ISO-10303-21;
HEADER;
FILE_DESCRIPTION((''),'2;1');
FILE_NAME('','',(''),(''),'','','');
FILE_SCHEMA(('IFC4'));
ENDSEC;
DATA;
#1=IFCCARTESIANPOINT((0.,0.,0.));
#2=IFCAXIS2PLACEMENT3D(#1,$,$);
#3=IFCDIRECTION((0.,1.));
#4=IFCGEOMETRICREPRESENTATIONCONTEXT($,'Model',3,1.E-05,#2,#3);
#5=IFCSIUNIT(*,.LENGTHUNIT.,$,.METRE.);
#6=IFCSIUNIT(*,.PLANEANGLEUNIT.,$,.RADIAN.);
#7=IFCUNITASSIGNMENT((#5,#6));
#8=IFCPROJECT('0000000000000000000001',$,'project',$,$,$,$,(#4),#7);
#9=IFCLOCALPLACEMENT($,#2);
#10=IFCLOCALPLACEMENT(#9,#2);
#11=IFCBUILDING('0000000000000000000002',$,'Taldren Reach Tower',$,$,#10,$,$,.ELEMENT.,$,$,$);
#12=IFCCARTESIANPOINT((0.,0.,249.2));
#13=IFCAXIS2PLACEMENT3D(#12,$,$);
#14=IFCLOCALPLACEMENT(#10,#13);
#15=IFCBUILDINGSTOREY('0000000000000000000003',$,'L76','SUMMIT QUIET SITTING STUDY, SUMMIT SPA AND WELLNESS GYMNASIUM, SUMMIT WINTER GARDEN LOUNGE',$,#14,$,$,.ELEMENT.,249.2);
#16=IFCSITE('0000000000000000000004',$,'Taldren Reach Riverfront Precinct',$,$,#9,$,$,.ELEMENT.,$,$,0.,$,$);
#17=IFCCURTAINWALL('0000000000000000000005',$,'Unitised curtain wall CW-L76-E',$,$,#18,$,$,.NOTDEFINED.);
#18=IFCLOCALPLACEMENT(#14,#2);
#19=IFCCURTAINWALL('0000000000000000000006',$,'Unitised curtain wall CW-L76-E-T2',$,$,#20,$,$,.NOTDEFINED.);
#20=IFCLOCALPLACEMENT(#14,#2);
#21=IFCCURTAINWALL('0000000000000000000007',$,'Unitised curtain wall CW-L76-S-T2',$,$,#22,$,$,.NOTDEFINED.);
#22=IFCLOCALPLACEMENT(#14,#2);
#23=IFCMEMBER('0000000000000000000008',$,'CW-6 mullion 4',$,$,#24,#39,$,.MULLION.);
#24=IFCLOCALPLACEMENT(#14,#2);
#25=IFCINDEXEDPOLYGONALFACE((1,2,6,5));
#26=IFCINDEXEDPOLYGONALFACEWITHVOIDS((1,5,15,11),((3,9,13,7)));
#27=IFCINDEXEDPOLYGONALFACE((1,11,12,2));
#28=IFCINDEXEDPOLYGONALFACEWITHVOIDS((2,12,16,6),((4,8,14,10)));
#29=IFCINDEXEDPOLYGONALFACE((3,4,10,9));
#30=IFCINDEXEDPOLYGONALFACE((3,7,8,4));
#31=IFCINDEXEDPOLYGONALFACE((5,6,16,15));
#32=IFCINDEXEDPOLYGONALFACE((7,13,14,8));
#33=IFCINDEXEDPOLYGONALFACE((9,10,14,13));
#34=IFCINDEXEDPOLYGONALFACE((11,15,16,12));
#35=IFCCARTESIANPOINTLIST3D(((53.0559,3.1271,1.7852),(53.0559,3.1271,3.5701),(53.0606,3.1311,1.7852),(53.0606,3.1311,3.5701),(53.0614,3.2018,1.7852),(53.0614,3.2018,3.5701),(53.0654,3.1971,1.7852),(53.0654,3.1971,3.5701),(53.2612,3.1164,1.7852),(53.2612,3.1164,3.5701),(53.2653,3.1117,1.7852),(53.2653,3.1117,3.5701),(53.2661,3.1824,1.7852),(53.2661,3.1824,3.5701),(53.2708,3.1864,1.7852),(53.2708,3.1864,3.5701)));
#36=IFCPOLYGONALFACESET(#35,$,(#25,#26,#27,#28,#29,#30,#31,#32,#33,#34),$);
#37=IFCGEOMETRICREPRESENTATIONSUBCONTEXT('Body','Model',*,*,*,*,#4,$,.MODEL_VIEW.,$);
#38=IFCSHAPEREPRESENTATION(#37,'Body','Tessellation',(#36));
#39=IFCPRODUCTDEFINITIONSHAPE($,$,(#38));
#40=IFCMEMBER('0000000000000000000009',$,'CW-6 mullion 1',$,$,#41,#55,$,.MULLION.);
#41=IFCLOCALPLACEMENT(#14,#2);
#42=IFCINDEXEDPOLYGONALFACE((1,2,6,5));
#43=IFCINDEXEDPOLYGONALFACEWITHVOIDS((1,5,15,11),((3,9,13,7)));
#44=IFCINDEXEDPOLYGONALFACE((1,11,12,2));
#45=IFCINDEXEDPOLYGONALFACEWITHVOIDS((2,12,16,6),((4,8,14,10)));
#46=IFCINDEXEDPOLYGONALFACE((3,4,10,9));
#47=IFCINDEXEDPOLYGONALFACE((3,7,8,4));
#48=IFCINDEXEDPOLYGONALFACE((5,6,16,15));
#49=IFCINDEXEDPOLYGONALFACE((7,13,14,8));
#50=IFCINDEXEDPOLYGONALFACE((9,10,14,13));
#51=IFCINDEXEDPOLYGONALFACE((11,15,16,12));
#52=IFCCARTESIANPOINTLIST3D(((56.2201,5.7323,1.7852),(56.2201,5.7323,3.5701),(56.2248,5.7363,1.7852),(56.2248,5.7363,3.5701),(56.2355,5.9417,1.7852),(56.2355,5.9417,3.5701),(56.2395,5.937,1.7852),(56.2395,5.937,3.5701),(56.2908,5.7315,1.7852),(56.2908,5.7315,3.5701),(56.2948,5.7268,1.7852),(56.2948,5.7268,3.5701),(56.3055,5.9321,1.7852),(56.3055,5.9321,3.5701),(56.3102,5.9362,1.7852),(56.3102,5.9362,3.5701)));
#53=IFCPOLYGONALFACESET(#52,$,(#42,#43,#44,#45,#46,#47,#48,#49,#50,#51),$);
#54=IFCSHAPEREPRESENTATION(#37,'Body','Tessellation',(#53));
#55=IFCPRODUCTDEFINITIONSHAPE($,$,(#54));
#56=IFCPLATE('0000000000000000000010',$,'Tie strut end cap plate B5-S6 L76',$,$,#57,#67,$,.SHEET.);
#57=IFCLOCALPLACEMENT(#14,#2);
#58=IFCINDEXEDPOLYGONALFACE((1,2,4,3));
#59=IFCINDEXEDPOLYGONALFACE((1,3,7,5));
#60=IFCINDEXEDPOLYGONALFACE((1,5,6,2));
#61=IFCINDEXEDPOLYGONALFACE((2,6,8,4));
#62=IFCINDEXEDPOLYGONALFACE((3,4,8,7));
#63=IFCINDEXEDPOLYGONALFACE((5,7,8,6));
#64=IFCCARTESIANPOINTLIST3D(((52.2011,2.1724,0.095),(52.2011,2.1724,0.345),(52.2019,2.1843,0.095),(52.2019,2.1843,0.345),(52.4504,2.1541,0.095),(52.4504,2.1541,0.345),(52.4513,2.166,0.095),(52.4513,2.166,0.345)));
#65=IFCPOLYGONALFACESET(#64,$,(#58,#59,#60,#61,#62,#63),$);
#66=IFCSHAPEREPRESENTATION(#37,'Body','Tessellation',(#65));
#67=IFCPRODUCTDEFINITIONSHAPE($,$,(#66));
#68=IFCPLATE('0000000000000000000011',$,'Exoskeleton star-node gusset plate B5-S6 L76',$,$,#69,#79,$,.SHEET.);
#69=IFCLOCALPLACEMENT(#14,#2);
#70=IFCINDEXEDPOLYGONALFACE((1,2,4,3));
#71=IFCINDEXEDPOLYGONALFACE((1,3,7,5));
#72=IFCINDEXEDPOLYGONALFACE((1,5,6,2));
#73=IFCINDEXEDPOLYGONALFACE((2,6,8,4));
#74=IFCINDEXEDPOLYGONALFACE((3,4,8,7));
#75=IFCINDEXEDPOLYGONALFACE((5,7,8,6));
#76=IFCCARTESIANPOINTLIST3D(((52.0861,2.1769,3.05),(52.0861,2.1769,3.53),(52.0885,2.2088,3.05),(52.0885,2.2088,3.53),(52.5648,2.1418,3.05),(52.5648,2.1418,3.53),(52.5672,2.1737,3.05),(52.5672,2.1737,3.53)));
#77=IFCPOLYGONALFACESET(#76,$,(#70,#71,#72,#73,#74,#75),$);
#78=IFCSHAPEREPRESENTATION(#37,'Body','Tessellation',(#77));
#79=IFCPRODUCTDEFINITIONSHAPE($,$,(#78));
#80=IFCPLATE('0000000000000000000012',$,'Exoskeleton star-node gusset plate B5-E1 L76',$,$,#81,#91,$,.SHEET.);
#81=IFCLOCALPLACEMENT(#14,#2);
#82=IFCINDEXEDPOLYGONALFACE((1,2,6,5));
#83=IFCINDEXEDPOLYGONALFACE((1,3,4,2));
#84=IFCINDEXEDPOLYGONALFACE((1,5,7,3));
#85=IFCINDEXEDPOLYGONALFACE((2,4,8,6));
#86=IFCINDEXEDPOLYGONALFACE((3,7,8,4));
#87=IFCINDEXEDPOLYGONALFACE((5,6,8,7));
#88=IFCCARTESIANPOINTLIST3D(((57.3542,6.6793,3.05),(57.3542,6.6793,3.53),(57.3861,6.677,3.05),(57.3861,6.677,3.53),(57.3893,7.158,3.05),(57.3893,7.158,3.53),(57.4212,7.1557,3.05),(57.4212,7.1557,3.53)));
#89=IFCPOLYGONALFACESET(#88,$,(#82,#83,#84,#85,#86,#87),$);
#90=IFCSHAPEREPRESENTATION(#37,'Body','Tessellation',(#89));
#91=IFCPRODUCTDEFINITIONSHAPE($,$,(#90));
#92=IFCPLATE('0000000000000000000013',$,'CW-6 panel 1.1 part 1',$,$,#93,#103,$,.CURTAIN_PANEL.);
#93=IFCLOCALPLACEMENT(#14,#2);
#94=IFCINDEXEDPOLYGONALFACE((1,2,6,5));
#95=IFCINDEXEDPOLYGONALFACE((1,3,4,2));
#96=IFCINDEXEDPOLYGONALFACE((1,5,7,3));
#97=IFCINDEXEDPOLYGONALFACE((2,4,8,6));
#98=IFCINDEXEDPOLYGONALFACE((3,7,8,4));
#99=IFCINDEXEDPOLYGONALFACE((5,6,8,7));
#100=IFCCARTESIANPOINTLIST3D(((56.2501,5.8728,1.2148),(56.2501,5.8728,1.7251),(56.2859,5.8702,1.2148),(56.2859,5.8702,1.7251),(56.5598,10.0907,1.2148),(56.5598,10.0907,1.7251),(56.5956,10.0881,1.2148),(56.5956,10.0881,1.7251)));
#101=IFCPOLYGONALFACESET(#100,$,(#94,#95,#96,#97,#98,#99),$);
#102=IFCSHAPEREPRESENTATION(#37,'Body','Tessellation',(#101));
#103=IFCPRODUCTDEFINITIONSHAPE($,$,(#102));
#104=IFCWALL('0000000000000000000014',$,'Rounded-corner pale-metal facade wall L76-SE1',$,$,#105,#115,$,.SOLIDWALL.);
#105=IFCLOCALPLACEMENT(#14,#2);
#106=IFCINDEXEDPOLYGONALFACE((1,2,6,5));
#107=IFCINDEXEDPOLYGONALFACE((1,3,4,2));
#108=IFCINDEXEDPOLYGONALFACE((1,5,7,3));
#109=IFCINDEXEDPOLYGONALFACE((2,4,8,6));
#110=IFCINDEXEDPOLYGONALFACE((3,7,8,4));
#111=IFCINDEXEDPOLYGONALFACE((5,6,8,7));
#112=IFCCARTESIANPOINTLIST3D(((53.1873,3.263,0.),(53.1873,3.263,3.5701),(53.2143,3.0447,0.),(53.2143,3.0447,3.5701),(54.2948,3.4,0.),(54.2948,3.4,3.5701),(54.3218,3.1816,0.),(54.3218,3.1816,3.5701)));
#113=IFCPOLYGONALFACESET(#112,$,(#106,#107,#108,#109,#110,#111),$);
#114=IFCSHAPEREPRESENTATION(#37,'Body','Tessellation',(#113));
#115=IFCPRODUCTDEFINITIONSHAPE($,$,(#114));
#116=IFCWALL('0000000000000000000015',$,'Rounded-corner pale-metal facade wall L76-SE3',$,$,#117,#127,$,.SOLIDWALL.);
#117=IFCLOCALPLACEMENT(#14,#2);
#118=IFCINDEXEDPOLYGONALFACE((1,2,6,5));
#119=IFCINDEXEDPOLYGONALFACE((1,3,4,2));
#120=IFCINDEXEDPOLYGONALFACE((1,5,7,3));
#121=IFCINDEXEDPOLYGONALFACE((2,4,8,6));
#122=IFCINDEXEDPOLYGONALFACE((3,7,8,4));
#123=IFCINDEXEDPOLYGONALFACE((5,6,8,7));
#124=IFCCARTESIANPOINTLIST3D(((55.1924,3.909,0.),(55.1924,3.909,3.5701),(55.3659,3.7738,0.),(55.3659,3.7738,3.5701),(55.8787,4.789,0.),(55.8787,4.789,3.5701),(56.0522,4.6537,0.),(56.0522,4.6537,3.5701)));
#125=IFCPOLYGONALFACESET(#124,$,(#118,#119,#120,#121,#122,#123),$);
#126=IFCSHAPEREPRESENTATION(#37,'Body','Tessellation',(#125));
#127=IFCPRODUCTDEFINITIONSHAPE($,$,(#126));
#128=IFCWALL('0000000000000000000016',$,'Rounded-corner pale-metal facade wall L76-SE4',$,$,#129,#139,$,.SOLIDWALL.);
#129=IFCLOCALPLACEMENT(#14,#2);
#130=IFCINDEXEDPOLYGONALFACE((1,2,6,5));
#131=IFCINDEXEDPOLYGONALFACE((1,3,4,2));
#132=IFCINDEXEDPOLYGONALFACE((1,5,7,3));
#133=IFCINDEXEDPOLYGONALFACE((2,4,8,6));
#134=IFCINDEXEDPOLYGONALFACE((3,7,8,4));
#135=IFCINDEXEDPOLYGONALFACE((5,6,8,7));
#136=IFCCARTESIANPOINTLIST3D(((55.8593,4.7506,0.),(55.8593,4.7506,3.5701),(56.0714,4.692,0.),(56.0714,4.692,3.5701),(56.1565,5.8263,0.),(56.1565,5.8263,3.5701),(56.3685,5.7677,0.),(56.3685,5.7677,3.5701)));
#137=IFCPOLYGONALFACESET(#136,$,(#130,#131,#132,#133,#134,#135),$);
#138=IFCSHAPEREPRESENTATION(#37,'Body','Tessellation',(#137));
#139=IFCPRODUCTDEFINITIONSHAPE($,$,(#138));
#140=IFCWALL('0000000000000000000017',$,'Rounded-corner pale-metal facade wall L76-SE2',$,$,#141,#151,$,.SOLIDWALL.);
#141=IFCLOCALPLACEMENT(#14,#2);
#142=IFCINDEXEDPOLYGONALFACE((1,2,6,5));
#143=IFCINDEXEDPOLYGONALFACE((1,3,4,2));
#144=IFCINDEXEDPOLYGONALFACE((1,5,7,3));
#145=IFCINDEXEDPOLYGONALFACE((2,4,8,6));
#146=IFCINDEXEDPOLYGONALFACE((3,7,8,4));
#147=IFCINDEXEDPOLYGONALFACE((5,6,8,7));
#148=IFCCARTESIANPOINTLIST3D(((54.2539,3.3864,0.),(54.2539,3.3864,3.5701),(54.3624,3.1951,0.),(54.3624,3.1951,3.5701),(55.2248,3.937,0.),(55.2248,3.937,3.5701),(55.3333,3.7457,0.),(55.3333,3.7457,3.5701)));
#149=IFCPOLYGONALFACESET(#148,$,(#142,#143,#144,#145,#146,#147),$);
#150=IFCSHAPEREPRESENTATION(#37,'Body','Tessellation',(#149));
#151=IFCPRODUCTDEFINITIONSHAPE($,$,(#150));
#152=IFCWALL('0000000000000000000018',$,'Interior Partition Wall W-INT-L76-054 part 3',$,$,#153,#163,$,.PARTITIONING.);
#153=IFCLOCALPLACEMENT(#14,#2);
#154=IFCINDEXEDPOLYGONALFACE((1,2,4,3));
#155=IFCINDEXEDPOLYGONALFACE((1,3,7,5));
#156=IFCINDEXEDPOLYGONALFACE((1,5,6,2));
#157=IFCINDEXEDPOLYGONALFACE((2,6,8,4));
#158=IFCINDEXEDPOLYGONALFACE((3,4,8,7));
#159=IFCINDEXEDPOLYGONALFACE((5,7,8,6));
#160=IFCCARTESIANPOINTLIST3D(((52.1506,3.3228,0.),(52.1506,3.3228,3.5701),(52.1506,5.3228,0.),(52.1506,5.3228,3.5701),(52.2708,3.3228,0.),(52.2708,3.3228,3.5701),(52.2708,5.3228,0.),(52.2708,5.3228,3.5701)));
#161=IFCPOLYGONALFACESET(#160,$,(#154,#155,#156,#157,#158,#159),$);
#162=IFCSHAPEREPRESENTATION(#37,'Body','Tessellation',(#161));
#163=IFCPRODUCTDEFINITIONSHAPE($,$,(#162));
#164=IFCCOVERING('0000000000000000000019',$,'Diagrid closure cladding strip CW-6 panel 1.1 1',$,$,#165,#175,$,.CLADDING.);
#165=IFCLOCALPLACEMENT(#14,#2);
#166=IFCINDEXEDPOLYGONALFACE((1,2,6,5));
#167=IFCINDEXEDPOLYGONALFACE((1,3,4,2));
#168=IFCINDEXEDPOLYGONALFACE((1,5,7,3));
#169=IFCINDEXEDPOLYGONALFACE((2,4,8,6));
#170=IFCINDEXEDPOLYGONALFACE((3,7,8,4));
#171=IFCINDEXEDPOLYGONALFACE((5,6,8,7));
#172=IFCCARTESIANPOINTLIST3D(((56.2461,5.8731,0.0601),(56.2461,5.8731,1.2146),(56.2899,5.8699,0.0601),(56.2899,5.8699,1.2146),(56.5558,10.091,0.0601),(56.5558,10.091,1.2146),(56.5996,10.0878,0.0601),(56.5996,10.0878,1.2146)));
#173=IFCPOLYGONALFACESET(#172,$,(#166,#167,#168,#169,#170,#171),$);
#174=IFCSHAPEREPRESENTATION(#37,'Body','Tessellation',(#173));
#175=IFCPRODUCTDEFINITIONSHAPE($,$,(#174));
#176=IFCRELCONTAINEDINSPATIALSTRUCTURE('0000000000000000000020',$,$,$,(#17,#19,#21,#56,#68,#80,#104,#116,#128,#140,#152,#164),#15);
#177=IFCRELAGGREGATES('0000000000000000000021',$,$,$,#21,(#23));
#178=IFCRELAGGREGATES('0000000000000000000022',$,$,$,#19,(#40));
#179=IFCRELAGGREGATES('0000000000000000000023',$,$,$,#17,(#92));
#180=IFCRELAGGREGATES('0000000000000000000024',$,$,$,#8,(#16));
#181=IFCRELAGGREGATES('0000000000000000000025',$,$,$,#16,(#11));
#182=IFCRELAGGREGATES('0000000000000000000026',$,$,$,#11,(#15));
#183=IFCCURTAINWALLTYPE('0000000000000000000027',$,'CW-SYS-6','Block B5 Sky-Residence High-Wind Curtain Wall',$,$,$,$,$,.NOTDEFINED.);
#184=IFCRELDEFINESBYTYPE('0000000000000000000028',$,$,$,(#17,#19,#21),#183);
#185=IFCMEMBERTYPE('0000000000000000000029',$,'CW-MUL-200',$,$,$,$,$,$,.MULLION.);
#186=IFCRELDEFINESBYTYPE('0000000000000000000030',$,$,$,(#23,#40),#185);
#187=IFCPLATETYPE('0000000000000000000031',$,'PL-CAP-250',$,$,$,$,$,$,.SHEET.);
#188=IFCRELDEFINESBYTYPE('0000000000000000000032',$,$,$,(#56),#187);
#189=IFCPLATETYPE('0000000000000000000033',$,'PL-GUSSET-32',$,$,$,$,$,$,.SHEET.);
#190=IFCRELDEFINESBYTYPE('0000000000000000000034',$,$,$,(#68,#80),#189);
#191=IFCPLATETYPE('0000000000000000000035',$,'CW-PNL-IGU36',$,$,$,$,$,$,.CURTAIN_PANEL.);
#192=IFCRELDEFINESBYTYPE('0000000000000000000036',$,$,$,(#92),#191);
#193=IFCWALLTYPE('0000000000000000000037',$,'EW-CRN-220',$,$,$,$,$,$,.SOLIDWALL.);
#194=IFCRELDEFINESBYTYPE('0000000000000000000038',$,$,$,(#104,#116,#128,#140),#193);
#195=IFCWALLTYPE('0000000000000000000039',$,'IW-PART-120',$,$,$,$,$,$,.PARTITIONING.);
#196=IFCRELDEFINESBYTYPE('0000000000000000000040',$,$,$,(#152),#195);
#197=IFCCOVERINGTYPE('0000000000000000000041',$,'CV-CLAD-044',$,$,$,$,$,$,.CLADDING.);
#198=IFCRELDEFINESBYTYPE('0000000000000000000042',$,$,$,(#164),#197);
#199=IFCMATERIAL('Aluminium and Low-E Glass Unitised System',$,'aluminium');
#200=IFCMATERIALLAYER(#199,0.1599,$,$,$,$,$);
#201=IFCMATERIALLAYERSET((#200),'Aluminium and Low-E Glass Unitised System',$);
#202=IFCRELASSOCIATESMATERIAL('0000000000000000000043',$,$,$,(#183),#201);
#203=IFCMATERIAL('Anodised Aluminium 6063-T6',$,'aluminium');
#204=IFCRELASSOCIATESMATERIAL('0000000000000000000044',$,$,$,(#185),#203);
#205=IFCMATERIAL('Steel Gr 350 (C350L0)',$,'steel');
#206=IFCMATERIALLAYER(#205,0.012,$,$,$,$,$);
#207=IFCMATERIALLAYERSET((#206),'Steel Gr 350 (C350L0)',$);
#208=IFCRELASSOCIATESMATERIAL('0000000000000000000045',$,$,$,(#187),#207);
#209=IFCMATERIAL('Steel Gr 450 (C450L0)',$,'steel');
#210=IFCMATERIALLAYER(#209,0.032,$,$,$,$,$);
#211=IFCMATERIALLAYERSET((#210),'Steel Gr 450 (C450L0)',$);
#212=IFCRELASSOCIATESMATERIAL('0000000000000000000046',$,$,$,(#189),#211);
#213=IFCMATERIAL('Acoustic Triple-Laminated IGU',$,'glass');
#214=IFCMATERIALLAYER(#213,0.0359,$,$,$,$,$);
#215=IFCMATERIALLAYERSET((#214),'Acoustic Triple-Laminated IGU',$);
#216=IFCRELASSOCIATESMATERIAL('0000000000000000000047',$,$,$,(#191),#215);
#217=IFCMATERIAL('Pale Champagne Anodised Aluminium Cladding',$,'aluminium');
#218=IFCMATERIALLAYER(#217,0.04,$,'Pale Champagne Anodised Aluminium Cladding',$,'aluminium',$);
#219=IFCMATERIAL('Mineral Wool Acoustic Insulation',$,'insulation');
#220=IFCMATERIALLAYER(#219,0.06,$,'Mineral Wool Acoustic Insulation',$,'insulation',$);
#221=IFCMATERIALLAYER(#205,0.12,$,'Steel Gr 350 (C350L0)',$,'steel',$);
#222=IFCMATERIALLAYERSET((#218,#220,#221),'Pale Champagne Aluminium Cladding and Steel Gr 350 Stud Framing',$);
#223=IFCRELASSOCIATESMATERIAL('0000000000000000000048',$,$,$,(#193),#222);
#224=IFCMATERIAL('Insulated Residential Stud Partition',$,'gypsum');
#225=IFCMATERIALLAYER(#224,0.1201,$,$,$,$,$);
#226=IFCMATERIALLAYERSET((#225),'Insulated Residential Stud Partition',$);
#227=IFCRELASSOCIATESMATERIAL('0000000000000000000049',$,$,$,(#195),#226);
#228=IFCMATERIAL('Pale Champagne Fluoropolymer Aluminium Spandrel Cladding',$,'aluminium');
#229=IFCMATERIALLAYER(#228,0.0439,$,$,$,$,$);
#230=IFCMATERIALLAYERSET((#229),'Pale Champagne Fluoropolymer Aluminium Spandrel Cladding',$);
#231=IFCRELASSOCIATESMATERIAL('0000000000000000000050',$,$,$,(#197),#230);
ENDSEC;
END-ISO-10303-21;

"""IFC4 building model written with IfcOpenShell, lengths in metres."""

from ifc_helpers import new_model, si_unit, direction, frame, frame_2d, origin, origin_2d, place, context, subcontext, project, spatial, rectangle, hollow_rectangle, extrude, source, transform, mapped, material, layer, layer_set, material_profile, profile_set, type_object, element, aggregate, save


model = new_model("IFC4")

# Units and contexts
model_context = context("Model", 3, precision=1e-05, world=origin(), true_north=direction((0.0, 1.0)))
body_context = subcontext(model_context, "Body", "Model", "MODEL_VIEW")
ifc_project = project(units=[si_unit("LENGTHUNIT", "METRE"), si_unit("PLANEANGLEUNIT", "RADIAN")], contexts=[model_context])

# Site, building, storey
site_placement = place(None, origin())
site = spatial("IfcSite", under=ifc_project, at=site_placement, Name="Taldren Reach Riverfront Precinct", CompositionType="ELEMENT", RefElevation=0.0)
building_placement = place(site_placement, origin())
building = spatial("IfcBuilding", under=site, at=building_placement, Name="Taldren Reach Tower", CompositionType="ELEMENT")
storey_placement = place(building_placement, frame((0.0, 0.0, 249.2)))
storey = spatial("IfcBuildingStorey", under=building, at=storey_placement, Name="L76", Description="SUMMIT QUIET SITTING STUDY, SUMMIT SPA AND WELLNESS GYMNASIUM, SUMMIT WINTER GARDEN LOUNGE", CompositionType="ELEMENT", Elevation=249.2)

# Shared definitions
ifc_material_1 = material(Name="Steel Gr 350 (C350L0)", Category="steel")

# Shared definitions
ifc_material_2 = material(Name="Steel Gr 450 (C450L0)", Category="steel")

# Curtain walls
ifc_material_3 = material(Name="Aluminium and Low-E Glass Unitised System", Category="aluminium")
ifc_layer_1 = layer(ifc_material_3, 0.1599)
ifc_layer_set_1 = layer_set([ifc_layer_1], Name="Aluminium and Low-E Glass Unitised System")
curtain_wall_type = type_object("IfcCurtainWallType", Name="CW-SYS-6", Description="Block B5 Sky-Residence High-Wind Curtain Wall", PredefinedType="NOTDEFINED", material=ifc_layer_set_1)
curtain_wall_1_placement = place(storey_placement, origin())
curtain_wall_1 = element("IfcCurtainWall", 1, at=curtain_wall_1_placement, inside=storey, type_object=curtain_wall_type, Name="Unitised curtain wall CW-L76-E", PredefinedType="NOTDEFINED")
ifc_material_4 = material(Name="Anodised Aluminium 6063-T6", Category="aluminium")
curtain_wall_2_placement = place(storey_placement, origin())
curtain_wall_2 = element("IfcCurtainWall", 2, at=curtain_wall_2_placement, inside=storey, type_object=curtain_wall_type, Name="Unitised curtain wall CW-L76-E-T2", PredefinedType="NOTDEFINED")

# Shared definitions
ifc_material_profile_1 = material_profile(ifc_material_4, hollow_rectangle(XDim=0.075, YDim=0.21, WallThickness=0.0044, at=origin_2d()), Name="ALU-210x75x4.5RHS")
ifc_profile_set_1 = profile_set([ifc_material_profile_1], Name="Anodised Aluminium 6063-T6")
member_type_1 = type_object("IfcMemberType", Name="CW-MUL-200", PredefinedType="MULLION", material=ifc_profile_set_1)

# Curtain wall, member
curtain_wall_3_placement = place(storey_placement, origin())
curtain_wall_3 = element("IfcCurtainWall", 3, at=curtain_wall_3_placement, inside=storey, type_object=curtain_wall_type, Name="Unitised curtain wall CW-L76-S-T2", PredefinedType="NOTDEFINED")
shared_shape_1 = source(origin(), body_context, "Body", "SweptSolid", [
    extrude(hollow_rectangle(XDim=0.075, YDim=0.21, WallThickness=0.0044, at=origin_2d()), origin(), (0.0, 0.0, 1.0), 1.7849),
])
member_1_placement = place(storey_placement, frame((53.1633, 3.1567, 1.7852), z_axis=(0.0, 0.0, 1.0), x_axis=(0.073238, 0.997314, 0.0)))
member_1 = element("IfcMember", 4, at=member_1_placement, type_object=member_type_1, Name="CW-6 mullion 4", PredefinedType="MULLION", context=body_context, shape_type="MappedRepresentation", body=[
    mapped(shared_shape_1, transform((0.0, 0.0, 0.0), scale=1.0)),
])
aggregate(curtain_wall_3, [member_1])

# Member
member_2_placement = place(storey_placement, frame((56.2651, 5.8342, 1.7852), z_axis=(0.0, 0.0, 1.0), x_axis=(-0.997314, 0.073238, 0.0)))
member_2 = element("IfcMember", 5, at=member_2_placement, type_object=member_type_1, Name="CW-6 mullion 1", PredefinedType="MULLION", context=body_context, shape_type="MappedRepresentation", body=[
    mapped(shared_shape_1, transform((0.0, 0.0, 0.0), scale=1.0)),
])
aggregate(curtain_wall_2, [member_2])

# Plates
ifc_layer_2 = layer(ifc_material_1, 0.012)
ifc_layer_set_2 = layer_set([ifc_layer_2], Name="Steel Gr 350 (C350L0)")
plate_type_1 = type_object("IfcPlateType", Name="PL-CAP-250", PredefinedType="SHEET", material=ifc_layer_set_2)
shared_shape_2 = source(origin(), body_context, "Body", "SweptSolid", [
    extrude(rectangle(XDim=0.25, YDim=0.012, at=origin_2d()), origin(), (0.0, 0.0, 1.0), 0.25),
])
plate_1_placement = place(storey_placement, frame((52.3262, 2.1692, 0.095), z_axis=(0.0, 0.0, 1.0), x_axis=(0.997314, -0.073238, 0.0)))
element("IfcPlate", 6, at=plate_1_placement, inside=storey, type_object=plate_type_1, Name="Tie strut end cap plate B5-S6 L76", PredefinedType="SHEET", context=body_context, shape_type="MappedRepresentation", body=[
    mapped(shared_shape_2, transform((0.0, 0.0, 0.0), scale=1.0)),
])
ifc_layer_3 = layer(ifc_material_2, 0.032)
ifc_layer_set_3 = layer_set([ifc_layer_3], Name="Steel Gr 450 (C450L0)")
plate_type_2 = type_object("IfcPlateType", Name="PL-GUSSET-32", PredefinedType="SHEET", material=ifc_layer_set_3)
shared_shape_3 = source(origin(), body_context, "Body", "SweptSolid", [
    extrude(rectangle(XDim=0.48, YDim=0.032, at=origin_2d()), origin(), (0.0, 0.0, 1.0), 0.48),
])
for number, where, z_axis, x_axis, name in (
    (7, (52.3267, 2.1753, 3.05), (0.0, 0.0, 1.0), (0.997314, -0.073238, 0.0), "Exoskeleton star-node gusset plate B5-S6 L76"),
    (8, (57.3877, 6.9175, 3.05), (0.0, 0.0, 1.0), (0.073238, 0.997314, 0.0), "Exoskeleton star-node gusset plate B5-E1 L76"),
):
    element("IfcPlate", number, at=place(storey_placement, frame(where, z_axis=z_axis, x_axis=x_axis)), inside=storey, type_object=plate_type_2, Name=name, PredefinedType="SHEET", context=body_context, shape_type="MappedRepresentation", body=[
        mapped(shared_shape_3, transform((0.0, 0.0, 0.0), scale=1.0)),
    ])

# Plate
ifc_material_5 = material(Name="Acoustic Triple-Laminated IGU", Category="glass")
ifc_layer_4 = layer(ifc_material_5, 0.0359)
ifc_layer_set_4 = layer_set([ifc_layer_4], Name="Acoustic Triple-Laminated IGU")
plate_type_3 = type_object("IfcPlateType", Name="CW-PNL-IGU36", PredefinedType="CURTAIN_PANEL", material=ifc_layer_set_4)
shared_shape_4 = source(origin(), body_context, "Body", "SweptSolid", [
    extrude(rectangle(XDim=4.2292, YDim=0.0359, at=origin_2d()), origin(), (0.0, 0.0, 1.0), 0.5103),
])
plate_2_placement = place(storey_placement, frame((56.4229, 7.9805, 1.2148), z_axis=(0.0, 0.0, 1.0), x_axis=(0.073238, 0.997314, 0.0)))
plate_2 = element("IfcPlate", 9, at=plate_2_placement, type_object=plate_type_3, Name="CW-6 panel 1.1 part 1", PredefinedType="CURTAIN_PANEL", context=body_context, shape_type="MappedRepresentation", body=[
    mapped(shared_shape_4, transform((0.0, 0.0, 0.0), scale=1.0)),
])
aggregate(curtain_wall_1, [plate_2])

# Walls
ifc_material_6 = material(Name="Pale Champagne Anodised Aluminium Cladding", Category="aluminium")
ifc_layer_5 = layer(ifc_material_6, 0.04, Name="Pale Champagne Anodised Aluminium Cladding", Category="aluminium")
ifc_material_7 = material(Name="Mineral Wool Acoustic Insulation", Category="insulation")
ifc_layer_6 = layer(ifc_material_7, 0.06, Name="Mineral Wool Acoustic Insulation", Category="insulation")
ifc_layer_7 = layer(ifc_material_1, 0.12, Name="Steel Gr 350 (C350L0)", Category="steel")
ifc_layer_set_5 = layer_set([ifc_layer_5, ifc_layer_6, ifc_layer_7], Name="Pale Champagne Aluminium Cladding and Steel Gr 350 Stud Framing")
wall_type_1 = type_object("IfcWallType", Name="EW-CRN-220", PredefinedType="SOLIDWALL", material=ifc_layer_set_5)
shared_shape_5 = source(origin(), body_context, "Body", "SweptSolid", [
    extrude(rectangle(XDim=1.116, YDim=0.22, at=frame_2d((0.5581, 0.0))), origin(), (0.0, 0.0, 1.0), 3.5701),
])
for number, where, z_axis, x_axis, name in (
    (10, (53.2007, 3.1538, 0.0), (0.0, 0.0, 1.0), (0.992439, 0.122742, 0.0), "Rounded-corner pale-metal facade wall L76-SE1"),
    (11, (55.2791, 3.8413, 0.0), (0.0, 0.0, 1.0), (0.615015, 0.788515, 0.0), "Rounded-corner pale-metal facade wall L76-SE3"),
    (12, (55.9653, 4.7212, 0.0), (0.0, 0.0, 1.0), (0.266244, 0.963906, 0.0), "Rounded-corner pale-metal facade wall L76-SE4"),
):
    element("IfcWall", number, at=place(storey_placement, frame(where, z_axis=z_axis, x_axis=x_axis)), inside=storey, type_object=wall_type_1, Name=name, PredefinedType="SOLIDWALL", context=body_context, shape_type="MappedRepresentation", body=[
        mapped(shared_shape_5, transform((0.0, 0.0, 0.0), scale=1.0)),
    ])
shared_shape_6 = source(origin(), body_context, "Body", "SweptSolid", [
    extrude(rectangle(XDim=1.1162, YDim=0.22, at=frame_2d((0.5581, 0.0))), origin(), (0.0, 0.0, 1.0), 3.5701),
])
wall_1_placement = place(storey_placement, frame((54.3081, 3.2908, 0.0), z_axis=(0.0, 0.0, 1.0), x_axis=(0.869894, 0.493239, 0.0)))
element("IfcWall", 13, at=wall_1_placement, inside=storey, type_object=wall_type_1, Name="Rounded-corner pale-metal facade wall L76-SE2", PredefinedType="SOLIDWALL", context=body_context, shape_type="MappedRepresentation", body=[
    mapped(shared_shape_6, transform((0.0, 0.0, 0.0), scale=1.0)),
])
ifc_material_8 = material(Name="Insulated Residential Stud Partition", Category="gypsum")
ifc_layer_8 = layer(ifc_material_8, 0.1201)
ifc_layer_set_6 = layer_set([ifc_layer_8], Name="Insulated Residential Stud Partition")
wall_type_2 = type_object("IfcWallType", Name="IW-PART-120", PredefinedType="PARTITIONING", material=ifc_layer_set_6)
shared_shape_7 = source(origin(), body_context, "Body", "SweptSolid", [
    extrude(rectangle(XDim=2.0, YDim=0.1201, at=frame_2d((1.0, 0.0))), origin(), (0.0, 0.0, 1.0), 3.5701),
])
wall_2_placement = place(storey_placement, frame((52.2107, 5.3228, 0.0), z_axis=(0.0, 0.0, 1.0), x_axis=(0.0, -1.0, 0.0)))
element("IfcWall", 14, at=wall_2_placement, inside=storey, type_object=wall_type_2, Name="Interior Partition Wall W-INT-L76-054 part 3", PredefinedType="PARTITIONING", context=body_context, shape_type="MappedRepresentation", body=[
    mapped(shared_shape_7, transform((0.0, 0.0, 0.0), scale=1.0)),
])

# Covering
ifc_material_9 = material(Name="Pale Champagne Fluoropolymer Aluminium Spandrel Cladding", Category="aluminium")
ifc_layer_9 = layer(ifc_material_9, 0.0439)
ifc_layer_set_7 = layer_set([ifc_layer_9], Name="Pale Champagne Fluoropolymer Aluminium Spandrel Cladding")
covering_type = type_object("IfcCoveringType", Name="CV-CLAD-044", PredefinedType="CLADDING", material=ifc_layer_set_7)
shared_shape_8 = source(origin(), body_context, "Body", "SweptSolid", [
    extrude(rectangle(XDim=4.2292, YDim=0.0439, at=origin_2d()), origin(), (0.0, 0.0, 1.0), 1.1545),
])
covering_placement = place(storey_placement, frame((56.4229, 7.9805, 0.0601), z_axis=(0.0, 0.0, 1.0), x_axis=(0.073238, 0.997314, 0.0)))
element("IfcCovering", 15, at=covering_placement, inside=storey, type_object=covering_type, Name="Diagrid closure cladding strip CW-6 panel 1.1 1", PredefinedType="CLADDING", context=body_context, shape_type="MappedRepresentation", body=[
    mapped(shared_shape_8, transform((0.0, 0.0, 0.0), scale=1.0)),
])

save(model, "model.ifc")
